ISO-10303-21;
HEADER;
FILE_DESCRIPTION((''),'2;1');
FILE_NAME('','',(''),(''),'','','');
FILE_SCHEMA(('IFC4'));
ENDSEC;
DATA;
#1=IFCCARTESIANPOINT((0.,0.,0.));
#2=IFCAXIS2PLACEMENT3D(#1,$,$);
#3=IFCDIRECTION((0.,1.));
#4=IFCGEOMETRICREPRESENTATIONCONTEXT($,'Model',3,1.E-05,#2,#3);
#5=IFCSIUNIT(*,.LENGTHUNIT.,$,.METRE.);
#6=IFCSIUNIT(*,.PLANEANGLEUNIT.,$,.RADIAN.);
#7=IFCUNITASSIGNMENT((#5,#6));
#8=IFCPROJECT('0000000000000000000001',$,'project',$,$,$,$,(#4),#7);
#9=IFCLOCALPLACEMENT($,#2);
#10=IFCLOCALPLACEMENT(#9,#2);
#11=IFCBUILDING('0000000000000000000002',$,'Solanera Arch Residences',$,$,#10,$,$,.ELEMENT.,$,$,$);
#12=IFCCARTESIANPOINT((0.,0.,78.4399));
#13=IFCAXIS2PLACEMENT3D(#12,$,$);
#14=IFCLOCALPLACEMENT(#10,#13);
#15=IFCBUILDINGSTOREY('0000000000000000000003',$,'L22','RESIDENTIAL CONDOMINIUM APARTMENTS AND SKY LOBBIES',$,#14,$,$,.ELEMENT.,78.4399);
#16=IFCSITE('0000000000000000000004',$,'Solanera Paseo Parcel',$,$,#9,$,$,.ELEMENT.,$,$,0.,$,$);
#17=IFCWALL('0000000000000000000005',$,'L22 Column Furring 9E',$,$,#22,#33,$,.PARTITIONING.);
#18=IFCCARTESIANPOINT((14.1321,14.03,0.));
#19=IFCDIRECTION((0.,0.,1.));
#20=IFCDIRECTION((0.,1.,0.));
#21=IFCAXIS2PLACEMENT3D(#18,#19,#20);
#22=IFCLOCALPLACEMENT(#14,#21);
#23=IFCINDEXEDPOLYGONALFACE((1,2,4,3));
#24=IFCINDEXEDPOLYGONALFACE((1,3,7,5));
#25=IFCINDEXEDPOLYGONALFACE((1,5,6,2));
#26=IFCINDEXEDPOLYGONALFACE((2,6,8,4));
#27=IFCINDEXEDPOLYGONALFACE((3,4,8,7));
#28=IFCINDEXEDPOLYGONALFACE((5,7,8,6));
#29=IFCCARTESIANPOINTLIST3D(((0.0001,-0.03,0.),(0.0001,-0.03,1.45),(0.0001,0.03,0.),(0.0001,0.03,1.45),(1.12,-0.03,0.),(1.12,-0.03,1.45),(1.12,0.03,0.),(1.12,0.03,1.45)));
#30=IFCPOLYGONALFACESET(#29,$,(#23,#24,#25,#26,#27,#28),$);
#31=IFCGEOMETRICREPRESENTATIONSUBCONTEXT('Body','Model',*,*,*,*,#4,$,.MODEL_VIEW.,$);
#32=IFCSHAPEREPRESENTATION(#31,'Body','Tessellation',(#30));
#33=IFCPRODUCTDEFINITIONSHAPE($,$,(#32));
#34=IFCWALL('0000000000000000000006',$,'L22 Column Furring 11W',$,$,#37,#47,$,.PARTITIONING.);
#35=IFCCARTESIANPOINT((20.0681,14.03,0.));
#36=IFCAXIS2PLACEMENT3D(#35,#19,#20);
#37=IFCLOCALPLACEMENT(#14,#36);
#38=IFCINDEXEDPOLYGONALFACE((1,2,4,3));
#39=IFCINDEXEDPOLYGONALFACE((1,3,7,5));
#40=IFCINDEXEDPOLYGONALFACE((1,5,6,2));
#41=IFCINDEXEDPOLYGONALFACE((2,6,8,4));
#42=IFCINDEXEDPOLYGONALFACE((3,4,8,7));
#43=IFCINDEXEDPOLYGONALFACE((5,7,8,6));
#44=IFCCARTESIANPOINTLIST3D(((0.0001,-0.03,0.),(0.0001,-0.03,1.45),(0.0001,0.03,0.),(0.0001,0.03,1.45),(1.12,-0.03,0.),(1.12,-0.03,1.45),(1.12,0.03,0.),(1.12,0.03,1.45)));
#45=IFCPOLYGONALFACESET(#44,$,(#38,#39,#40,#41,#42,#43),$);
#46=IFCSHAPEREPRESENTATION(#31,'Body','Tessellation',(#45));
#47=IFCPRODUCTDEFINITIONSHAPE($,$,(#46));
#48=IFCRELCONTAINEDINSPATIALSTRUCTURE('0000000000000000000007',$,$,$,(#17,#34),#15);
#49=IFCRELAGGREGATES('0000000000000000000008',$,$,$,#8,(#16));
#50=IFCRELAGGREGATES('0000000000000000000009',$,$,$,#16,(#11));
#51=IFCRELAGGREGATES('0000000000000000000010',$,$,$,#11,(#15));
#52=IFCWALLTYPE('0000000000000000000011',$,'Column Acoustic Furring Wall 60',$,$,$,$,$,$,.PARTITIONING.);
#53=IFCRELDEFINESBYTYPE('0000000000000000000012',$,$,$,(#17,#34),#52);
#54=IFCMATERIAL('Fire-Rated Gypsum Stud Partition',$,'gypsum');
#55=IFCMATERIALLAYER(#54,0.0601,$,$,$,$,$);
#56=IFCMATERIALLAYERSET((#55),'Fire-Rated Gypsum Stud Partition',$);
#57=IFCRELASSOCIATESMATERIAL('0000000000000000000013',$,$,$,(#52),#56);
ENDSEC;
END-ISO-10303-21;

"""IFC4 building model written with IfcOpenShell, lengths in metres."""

from ifc_helpers import new_model, si_unit, direction, frame, frame_2d, origin, place, context, subcontext, project, spatial, rectangle, extrude, material, layer, layer_set, type_object, element, save


model = new_model("IFC4")

# Units and contexts
model_context = context("Model", 3, precision=1e-05, world=origin(), true_north=direction((0.0, 1.0)))
body_context = subcontext(model_context, "Body", "Model", "MODEL_VIEW")
ifc_project = project(units=[si_unit("LENGTHUNIT", "METRE"), si_unit("PLANEANGLEUNIT", "RADIAN")], contexts=[model_context])

# Site, building, storey
site_placement = place(None, origin())
site = spatial("IfcSite", under=ifc_project, at=site_placement, Name="Solanera Paseo Parcel", CompositionType="ELEMENT", RefElevation=0.0)
building_placement = place(site_placement, origin())
building = spatial("IfcBuilding", under=site, at=building_placement, Name="Solanera Arch Residences", CompositionType="ELEMENT")
storey_placement = place(building_placement, frame((0.0, 0.0, 78.4399)))
storey = spatial("IfcBuildingStorey", under=building, at=storey_placement, Name="L22", Description="RESIDENTIAL CONDOMINIUM APARTMENTS AND SKY LOBBIES", CompositionType="ELEMENT", Elevation=78.4399)

# Walls
ifc_material_1 = material(Name="Fire-Rated Gypsum Stud Partition", Category="gypsum")
ifc_layer_1 = layer(ifc_material_1, 0.0601)
ifc_layer_set_1 = layer_set([ifc_layer_1], Name="Fire-Rated Gypsum Stud Partition")
wall_type_1 = type_object("IfcWallType", Name="Column Acoustic Furring Wall 60", PredefinedType="PARTITIONING", material=ifc_layer_set_1)
wall_1_placement = place(storey_placement, frame((14.1321, 14.03, 0.0), z_axis=(0.0, 0.0, 1.0), x_axis=(0.0, 1.0, 0.0)))
element("IfcWall", 1, at=wall_1_placement, inside=storey, type_object=wall_type_1, Name="L22 Column Furring 9E", PredefinedType="PARTITIONING", context=body_context, shape_type="SweptSolid", body=[
    extrude(rectangle(XDim=1.1199, YDim=0.0601, at=frame_2d((0.5601, 0.0))), origin(), (0.0, 0.0, 1.0), 1.45),
])
wall_2_placement = place(storey_placement, frame((20.0681, 14.03, 0.0), z_axis=(0.0, 0.0, 1.0), x_axis=(0.0, 1.0, 0.0)))
element("IfcWall", 2, at=wall_2_placement, inside=storey, type_object=wall_type_1, Name="L22 Column Furring 11W", PredefinedType="PARTITIONING", context=body_context, shape_type="SweptSolid", body=[
    extrude(rectangle(XDim=1.1199, YDim=0.0601, at=frame_2d((0.5601, 0.0))), origin(), (0.0, 0.0, 1.0), 1.45),
])

save(model, "model.ifc")
